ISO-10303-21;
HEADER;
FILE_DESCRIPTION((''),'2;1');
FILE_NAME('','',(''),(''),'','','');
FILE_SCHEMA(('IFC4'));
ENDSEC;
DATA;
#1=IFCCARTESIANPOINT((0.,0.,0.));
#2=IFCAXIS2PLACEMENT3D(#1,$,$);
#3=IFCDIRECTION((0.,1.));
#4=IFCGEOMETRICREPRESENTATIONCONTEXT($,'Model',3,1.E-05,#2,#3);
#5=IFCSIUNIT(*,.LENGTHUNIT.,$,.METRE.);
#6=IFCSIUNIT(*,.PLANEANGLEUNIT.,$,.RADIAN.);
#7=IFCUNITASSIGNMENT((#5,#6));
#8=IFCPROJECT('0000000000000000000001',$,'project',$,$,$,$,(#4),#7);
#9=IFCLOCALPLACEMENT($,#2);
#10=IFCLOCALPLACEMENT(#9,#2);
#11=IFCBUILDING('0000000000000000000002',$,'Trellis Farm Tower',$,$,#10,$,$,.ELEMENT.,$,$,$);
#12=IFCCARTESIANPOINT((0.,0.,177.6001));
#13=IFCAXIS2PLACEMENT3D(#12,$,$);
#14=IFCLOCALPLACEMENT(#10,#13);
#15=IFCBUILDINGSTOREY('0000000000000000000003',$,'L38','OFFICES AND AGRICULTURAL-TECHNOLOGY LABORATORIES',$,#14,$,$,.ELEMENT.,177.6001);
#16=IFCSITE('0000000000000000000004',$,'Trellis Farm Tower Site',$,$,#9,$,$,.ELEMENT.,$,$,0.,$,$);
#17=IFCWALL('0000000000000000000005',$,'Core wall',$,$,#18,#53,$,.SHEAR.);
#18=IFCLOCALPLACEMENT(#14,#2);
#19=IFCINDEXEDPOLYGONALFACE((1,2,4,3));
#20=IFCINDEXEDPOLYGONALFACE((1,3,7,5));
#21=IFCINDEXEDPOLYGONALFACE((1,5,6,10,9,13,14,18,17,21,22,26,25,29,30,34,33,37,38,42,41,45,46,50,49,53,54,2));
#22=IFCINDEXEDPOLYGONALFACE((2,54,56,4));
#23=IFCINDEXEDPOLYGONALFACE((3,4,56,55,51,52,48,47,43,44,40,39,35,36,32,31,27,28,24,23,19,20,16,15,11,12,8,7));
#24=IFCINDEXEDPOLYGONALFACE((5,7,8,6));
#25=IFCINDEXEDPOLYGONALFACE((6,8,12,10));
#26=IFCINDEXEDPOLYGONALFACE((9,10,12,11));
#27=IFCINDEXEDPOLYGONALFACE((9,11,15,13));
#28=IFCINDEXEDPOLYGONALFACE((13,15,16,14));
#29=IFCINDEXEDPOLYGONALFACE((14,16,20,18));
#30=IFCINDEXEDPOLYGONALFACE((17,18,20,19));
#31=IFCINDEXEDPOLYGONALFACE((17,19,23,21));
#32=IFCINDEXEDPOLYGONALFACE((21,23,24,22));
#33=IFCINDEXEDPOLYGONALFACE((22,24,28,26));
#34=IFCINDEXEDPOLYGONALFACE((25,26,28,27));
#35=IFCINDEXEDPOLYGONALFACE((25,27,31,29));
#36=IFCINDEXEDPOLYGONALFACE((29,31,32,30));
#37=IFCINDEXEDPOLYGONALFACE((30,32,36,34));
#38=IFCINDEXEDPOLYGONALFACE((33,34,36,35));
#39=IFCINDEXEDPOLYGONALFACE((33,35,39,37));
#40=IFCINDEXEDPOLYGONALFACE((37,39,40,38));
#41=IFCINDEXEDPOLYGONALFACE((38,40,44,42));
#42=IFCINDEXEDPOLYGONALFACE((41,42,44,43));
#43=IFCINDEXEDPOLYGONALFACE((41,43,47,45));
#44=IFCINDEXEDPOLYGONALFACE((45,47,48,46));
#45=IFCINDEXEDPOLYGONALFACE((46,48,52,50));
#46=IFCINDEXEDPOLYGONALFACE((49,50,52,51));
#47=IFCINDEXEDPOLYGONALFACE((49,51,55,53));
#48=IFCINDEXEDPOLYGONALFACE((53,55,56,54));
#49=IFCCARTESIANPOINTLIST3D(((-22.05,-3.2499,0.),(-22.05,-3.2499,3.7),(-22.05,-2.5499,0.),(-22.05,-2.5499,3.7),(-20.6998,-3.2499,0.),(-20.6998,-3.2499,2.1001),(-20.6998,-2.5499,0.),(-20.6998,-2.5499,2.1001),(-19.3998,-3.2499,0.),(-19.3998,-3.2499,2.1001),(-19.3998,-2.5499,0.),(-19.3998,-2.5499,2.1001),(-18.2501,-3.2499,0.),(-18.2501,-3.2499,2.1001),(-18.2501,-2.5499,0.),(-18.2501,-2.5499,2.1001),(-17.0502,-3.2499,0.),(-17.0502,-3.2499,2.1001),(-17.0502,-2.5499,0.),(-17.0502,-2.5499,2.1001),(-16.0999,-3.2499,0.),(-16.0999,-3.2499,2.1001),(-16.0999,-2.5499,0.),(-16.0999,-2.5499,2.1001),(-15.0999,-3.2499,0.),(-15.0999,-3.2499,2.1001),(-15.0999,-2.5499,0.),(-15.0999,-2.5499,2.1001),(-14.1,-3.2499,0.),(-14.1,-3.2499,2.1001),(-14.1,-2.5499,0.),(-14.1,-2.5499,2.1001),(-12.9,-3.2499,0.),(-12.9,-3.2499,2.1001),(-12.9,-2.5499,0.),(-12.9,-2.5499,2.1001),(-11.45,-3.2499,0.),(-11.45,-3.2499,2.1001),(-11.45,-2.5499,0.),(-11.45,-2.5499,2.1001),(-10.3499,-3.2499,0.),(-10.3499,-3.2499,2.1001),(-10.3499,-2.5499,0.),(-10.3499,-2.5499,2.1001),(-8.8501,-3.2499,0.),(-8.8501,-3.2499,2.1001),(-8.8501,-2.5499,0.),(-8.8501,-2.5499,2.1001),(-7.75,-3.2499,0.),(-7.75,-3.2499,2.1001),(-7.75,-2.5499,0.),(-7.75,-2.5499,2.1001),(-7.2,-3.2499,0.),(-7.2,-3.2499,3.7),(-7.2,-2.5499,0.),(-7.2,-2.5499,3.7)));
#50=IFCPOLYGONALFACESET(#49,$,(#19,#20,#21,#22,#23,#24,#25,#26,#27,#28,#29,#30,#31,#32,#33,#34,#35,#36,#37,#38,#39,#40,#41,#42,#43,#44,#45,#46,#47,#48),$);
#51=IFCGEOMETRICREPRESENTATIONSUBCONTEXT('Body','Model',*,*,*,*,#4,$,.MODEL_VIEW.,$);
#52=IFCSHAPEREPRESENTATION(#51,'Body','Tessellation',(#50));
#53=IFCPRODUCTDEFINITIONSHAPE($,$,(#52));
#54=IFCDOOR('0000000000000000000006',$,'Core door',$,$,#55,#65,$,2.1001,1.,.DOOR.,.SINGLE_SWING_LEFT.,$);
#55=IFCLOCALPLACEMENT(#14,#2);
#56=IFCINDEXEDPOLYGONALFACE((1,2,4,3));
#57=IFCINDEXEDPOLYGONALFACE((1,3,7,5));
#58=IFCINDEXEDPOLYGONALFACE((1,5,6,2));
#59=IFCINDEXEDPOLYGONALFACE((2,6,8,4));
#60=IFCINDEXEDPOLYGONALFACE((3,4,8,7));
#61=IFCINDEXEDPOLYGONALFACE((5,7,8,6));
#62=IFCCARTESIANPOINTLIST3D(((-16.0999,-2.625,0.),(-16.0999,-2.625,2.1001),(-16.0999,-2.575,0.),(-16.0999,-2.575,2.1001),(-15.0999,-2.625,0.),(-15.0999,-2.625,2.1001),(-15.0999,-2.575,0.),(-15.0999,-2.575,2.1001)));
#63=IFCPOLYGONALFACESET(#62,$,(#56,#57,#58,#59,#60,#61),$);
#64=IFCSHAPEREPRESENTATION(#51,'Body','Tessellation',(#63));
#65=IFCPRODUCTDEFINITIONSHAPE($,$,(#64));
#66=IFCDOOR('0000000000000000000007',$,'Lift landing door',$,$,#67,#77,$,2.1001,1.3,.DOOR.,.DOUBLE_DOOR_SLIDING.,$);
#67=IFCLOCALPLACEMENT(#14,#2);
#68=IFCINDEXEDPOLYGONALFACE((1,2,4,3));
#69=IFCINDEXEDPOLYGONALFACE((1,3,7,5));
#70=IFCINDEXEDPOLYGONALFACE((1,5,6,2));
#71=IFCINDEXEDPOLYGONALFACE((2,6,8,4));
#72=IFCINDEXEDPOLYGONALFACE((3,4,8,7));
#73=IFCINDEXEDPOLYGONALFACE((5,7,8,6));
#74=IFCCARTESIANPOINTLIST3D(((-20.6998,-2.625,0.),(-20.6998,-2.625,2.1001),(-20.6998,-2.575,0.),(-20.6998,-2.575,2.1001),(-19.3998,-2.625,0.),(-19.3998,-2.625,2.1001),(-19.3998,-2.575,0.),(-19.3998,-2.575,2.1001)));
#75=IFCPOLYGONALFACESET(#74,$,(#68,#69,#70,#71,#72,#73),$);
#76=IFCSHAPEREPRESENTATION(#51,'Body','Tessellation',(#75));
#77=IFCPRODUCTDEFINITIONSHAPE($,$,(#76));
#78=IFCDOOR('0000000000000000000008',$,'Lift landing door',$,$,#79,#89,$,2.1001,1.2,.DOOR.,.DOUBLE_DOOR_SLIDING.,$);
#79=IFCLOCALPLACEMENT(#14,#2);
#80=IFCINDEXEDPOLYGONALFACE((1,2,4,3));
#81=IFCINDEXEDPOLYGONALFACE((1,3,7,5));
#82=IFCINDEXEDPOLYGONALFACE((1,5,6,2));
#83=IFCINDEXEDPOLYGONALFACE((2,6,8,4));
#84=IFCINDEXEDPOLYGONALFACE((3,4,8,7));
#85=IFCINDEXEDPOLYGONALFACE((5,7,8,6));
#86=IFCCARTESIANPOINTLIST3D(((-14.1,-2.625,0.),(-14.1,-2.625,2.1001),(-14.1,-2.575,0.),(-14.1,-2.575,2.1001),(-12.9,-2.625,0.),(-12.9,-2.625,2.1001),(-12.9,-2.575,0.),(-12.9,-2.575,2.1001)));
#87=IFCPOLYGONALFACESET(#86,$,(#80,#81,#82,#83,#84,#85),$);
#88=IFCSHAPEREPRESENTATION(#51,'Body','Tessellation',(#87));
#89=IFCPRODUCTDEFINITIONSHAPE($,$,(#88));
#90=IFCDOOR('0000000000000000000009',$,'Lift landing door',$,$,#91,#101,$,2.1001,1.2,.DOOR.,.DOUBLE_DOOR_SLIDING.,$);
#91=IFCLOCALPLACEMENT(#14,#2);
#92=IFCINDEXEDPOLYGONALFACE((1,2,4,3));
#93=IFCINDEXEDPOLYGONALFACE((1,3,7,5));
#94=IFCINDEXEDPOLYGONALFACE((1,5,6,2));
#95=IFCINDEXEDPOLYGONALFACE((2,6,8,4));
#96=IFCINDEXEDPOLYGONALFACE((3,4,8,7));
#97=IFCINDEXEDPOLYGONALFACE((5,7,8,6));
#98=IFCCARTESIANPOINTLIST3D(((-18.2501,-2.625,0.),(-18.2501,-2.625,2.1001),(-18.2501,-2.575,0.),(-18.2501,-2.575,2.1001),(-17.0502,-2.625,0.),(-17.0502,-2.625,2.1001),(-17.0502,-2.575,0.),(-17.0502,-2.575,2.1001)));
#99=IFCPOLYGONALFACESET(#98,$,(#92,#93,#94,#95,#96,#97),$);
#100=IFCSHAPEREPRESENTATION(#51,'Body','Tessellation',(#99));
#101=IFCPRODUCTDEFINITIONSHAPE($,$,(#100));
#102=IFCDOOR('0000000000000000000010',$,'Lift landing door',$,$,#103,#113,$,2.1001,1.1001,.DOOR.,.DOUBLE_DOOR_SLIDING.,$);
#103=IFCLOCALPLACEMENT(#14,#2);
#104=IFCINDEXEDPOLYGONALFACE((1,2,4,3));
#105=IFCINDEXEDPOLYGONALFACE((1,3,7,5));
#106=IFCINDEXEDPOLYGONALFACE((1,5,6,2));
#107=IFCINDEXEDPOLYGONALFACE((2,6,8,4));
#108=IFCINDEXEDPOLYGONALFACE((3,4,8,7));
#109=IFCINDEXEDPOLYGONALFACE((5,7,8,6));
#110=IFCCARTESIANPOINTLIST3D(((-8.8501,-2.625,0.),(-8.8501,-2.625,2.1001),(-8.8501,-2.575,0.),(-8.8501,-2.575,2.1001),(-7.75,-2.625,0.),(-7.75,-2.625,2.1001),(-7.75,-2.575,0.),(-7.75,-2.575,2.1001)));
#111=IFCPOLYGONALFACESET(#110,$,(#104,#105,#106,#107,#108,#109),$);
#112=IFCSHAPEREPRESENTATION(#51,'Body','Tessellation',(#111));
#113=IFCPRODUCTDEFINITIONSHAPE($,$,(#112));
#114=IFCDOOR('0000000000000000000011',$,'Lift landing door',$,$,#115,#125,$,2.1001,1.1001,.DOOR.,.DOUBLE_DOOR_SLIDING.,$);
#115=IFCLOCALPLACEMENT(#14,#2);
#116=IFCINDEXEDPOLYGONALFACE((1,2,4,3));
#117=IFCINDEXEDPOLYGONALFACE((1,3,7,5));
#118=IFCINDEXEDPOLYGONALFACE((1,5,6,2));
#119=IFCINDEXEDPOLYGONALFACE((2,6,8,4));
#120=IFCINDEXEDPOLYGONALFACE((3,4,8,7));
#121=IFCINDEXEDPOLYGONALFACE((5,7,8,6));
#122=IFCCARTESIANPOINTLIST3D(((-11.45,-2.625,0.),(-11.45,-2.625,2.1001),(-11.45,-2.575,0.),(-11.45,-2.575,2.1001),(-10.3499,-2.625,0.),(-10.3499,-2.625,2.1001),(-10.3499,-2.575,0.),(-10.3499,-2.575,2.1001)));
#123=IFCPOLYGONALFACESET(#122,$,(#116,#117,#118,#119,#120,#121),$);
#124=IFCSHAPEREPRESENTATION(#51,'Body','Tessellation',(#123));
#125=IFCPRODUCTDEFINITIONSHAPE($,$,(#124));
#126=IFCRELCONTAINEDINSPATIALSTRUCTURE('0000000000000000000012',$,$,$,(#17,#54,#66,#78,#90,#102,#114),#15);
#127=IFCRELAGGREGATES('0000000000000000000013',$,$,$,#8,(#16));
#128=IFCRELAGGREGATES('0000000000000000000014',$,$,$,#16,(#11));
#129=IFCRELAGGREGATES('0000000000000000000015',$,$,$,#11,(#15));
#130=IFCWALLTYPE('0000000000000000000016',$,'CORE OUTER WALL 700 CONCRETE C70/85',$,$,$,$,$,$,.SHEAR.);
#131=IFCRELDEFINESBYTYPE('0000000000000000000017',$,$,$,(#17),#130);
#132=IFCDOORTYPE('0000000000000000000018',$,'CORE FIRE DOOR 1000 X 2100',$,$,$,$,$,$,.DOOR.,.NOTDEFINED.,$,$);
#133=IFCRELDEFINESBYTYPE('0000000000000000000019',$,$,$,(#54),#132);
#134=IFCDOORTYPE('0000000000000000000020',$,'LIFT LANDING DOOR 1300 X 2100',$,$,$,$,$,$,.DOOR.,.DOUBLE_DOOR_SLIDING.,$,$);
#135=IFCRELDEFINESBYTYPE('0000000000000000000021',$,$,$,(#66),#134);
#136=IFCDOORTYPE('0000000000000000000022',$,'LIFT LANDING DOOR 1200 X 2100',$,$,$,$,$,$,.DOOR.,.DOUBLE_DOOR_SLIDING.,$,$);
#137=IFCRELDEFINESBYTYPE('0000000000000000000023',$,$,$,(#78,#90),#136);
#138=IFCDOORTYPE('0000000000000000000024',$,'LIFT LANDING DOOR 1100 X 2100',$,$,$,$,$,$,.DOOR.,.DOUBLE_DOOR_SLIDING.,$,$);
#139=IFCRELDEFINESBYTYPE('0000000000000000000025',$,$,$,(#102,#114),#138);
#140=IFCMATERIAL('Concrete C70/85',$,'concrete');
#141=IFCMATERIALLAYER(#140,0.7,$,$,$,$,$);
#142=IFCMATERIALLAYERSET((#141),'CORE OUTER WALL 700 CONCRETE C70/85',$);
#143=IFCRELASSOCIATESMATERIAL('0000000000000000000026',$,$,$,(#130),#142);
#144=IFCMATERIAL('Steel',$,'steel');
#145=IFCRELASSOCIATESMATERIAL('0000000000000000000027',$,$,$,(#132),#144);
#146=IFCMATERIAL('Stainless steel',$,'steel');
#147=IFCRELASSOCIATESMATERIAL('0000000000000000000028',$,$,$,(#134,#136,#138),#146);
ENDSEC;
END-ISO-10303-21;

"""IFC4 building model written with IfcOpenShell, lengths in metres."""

from ifc_helpers import new_model, si_unit, direction, frame, frame_2d, origin, place, context, subcontext, project, spatial, rectangle, extrude, source, transform, mapped, material, layer, layer_set, type_object, element, fill, save


model = new_model("IFC4")

# Units and contexts
model_context = context("Model", 3, precision=1e-05, world=origin(), true_north=direction((0.0, 1.0)))
body_context = subcontext(model_context, "Body", "Model", "MODEL_VIEW")
ifc_project = project(units=[si_unit("LENGTHUNIT", "METRE"), si_unit("PLANEANGLEUNIT", "RADIAN")], contexts=[model_context])

# Site, building, storey
site_placement = place(None, origin())
site = spatial("IfcSite", under=ifc_project, at=site_placement, Name="Trellis Farm Tower Site", CompositionType="ELEMENT", RefElevation=0.0)
building_placement = place(site_placement, origin())
building = spatial("IfcBuilding", under=site, at=building_placement, Name="Trellis Farm Tower", CompositionType="ELEMENT")
storey_placement = place(building_placement, frame((0.0, 0.0, 177.6001)))
storey = spatial("IfcBuildingStorey", under=building, at=storey_placement, Name="L38", Description="OFFICES AND AGRICULTURAL-TECHNOLOGY LABORATORIES", CompositionType="ELEMENT", Elevation=177.6001)

# Shared definitions
ifc_material_1 = material(Name="Concrete C70/85", Category="concrete")

# Shared definitions
ifc_material_2 = material(Name="Steel", Category="steel")

# Wall, openings, doors
ifc_layer_1 = layer(ifc_material_1, 0.7)
ifc_layer_set_1 = layer_set([ifc_layer_1], Name="CORE OUTER WALL 700 CONCRETE C70/85")
wall_type_1 = type_object("IfcWallType", Name="CORE OUTER WALL 700 CONCRETE C70/85", PredefinedType="SHEAR", material=ifc_layer_set_1)
shared_shape_1 = source(origin(), body_context, "Body", "SweptSolid", [
    extrude(rectangle(XDim=14.8501, YDim=0.7, at=frame_2d((7.425, 0.0))), origin(), (0.0, 0.0, 1.0), 3.7),
])
wall_1_placement = place(storey_placement, frame((-7.2, -2.8999, 0.0), z_axis=(0.0, 0.0, 1.0), x_axis=(-1.0, 0.0, 0.0)))
wall_1 = element("IfcWall", 1, at=wall_1_placement, inside=storey, type_object=wall_type_1, Name="Core wall", PredefinedType="SHEAR", context=body_context, shape_type="MappedRepresentation", body=[
    mapped(shared_shape_1, transform((0.0, 0.0, 0.0))),
])
shared_shape_2 = source(origin(), body_context, "Body", "SweptSolid", [
    extrude(rectangle(XDim=1.1001, YDim=2.1001, at=frame_2d((0.55, 1.05))), frame((0.0, 0.3601, 0.0), z_axis=(0.0, -1.0, 0.0), x_axis=(1.0, 0.0, 0.0)), (0.0, 0.0, 1.0), 0.7202),
])
opening_1_placement = place(wall_1_placement, frame((0.55, 0.0, 0.0)))
opening_1 = element("IfcOpeningElement", 2, at=opening_1_placement, cuts=wall_1, PredefinedType="OPENING", context=body_context, shape_type="MappedRepresentation", body=[
    mapped(shared_shape_2, transform((0.0, 0.0, 0.0))),
])
opening_2_placement = place(wall_1_placement, frame((3.1499, 0.0, 0.0)))
opening_2 = element("IfcOpeningElement", 3, at=opening_2_placement, cuts=wall_1, PredefinedType="OPENING", context=body_context, shape_type="MappedRepresentation", body=[
    mapped(shared_shape_2, transform((0.0, 0.0, 0.0))),
])
shared_shape_3 = source(origin(), body_context, "Body", "SweptSolid", [
    extrude(rectangle(XDim=1.2, YDim=2.1001, at=frame_2d((0.6001, 1.05))), frame((0.0, 0.3601, 0.0), z_axis=(0.0, -1.0, 0.0), x_axis=(1.0, 0.0, 0.0)), (0.0, 0.0, 1.0), 0.7202),
])
opening_3_placement = place(wall_1_placement, frame((5.7, 0.0, 0.0)))
opening_3 = element("IfcOpeningElement", 4, at=opening_3_placement, cuts=wall_1, PredefinedType="OPENING", context=body_context, shape_type="MappedRepresentation", body=[
    mapped(shared_shape_3, transform((0.0, 0.0, 0.0))),
])
shared_shape_4 = source(origin(), body_context, "Body", "SweptSolid", [
    extrude(rectangle(XDim=1.3, YDim=2.1001, at=frame_2d((0.6499, 1.05))), frame((0.0, 0.3601, 0.0), z_axis=(0.0, -1.0, 0.0), x_axis=(1.0, 0.0, 0.0)), (0.0, 0.0, 1.0), 0.7202),
])
opening_4_placement = place(wall_1_placement, frame((12.2, 0.0, 0.0)))
opening_4 = element("IfcOpeningElement", 5, at=opening_4_placement, cuts=wall_1, PredefinedType="OPENING", context=body_context, shape_type="MappedRepresentation", body=[
    mapped(shared_shape_4, transform((0.0, 0.0, 0.0))),
])
opening_5_placement = place(wall_1_placement, frame((9.8501, 0.0, 0.0)))
opening_5 = element("IfcOpeningElement", 6, at=opening_5_placement, cuts=wall_1, PredefinedType="OPENING", context=body_context, shape_type="MappedRepresentation", body=[
    mapped(shared_shape_3, transform((0.0, 0.0, 0.0))),
])
shared_shape_5 = source(origin(), body_context, "Body", "SweptSolid", [
    extrude(rectangle(XDim=1.0, YDim=2.1001, at=frame_2d((0.5, 1.05))), frame((0.0, 0.3601, 0.0), z_axis=(0.0, -1.0, 0.0), x_axis=(1.0, 0.0, 0.0)), (0.0, 0.0, 1.0), 0.7202),
])
opening_6_placement = place(wall_1_placement, frame((7.8999, 0.0, 0.0)))
opening_6 = element("IfcOpeningElement", 7, at=opening_6_placement, cuts=wall_1, PredefinedType="OPENING", context=body_context, shape_type="MappedRepresentation", body=[
    mapped(shared_shape_5, transform((0.0, 0.0, 0.0))),
])
door_type_1 = type_object("IfcDoorType", Name="CORE FIRE DOOR 1000 X 2100", OperationType="NOTDEFINED", PredefinedType="DOOR", material=ifc_material_2)
shared_shape_6 = source(origin(), body_context, "Body", "SweptSolid", [
    extrude(rectangle(XDim=1.0, YDim=2.1001, at=frame_2d((0.5, 1.05))), frame((0.0, -0.2749, 0.0), z_axis=(0.0, -1.0, 0.0), x_axis=(1.0, 0.0, 0.0)), (0.0, 0.0, 1.0), 0.05),
])
door_1_placement = place(opening_6_placement, origin())
door_1 = element("IfcDoor", 8, at=door_1_placement, inside=storey, type_object=door_type_1, Name="Core door", OperationType="SINGLE_SWING_LEFT", OverallHeight=2.1001, OverallWidth=1.0, PredefinedType="DOOR", context=body_context, shape_type="MappedRepresentation", body=[
    mapped(shared_shape_6, transform((0.0, 0.0, 0.0))),
])
fill(opening_6, door_1)
ifc_material_3 = material(Name="Stainless steel", Category="steel")
door_type_2 = type_object("IfcDoorType", Name="LIFT LANDING DOOR 1300 X 2100", OperationType="DOUBLE_DOOR_SLIDING", PredefinedType="DOOR", material=ifc_material_3)
shared_shape_7 = source(origin(), body_context, "Body", "SweptSolid", [
    extrude(rectangle(XDim=1.3, YDim=2.1001, at=frame_2d((0.6499, 1.05))), frame((0.0, -0.2749, 0.0), z_axis=(0.0, -1.0, 0.0), x_axis=(1.0, 0.0, 0.0)), (0.0, 0.0, 1.0), 0.05),
])
door_2_placement = place(opening_4_placement, origin())
door_2 = element("IfcDoor", 9, at=door_2_placement, inside=storey, type_object=door_type_2, Name="Lift landing door", OperationType="DOUBLE_DOOR_SLIDING", OverallHeight=2.1001, OverallWidth=1.3, PredefinedType="DOOR", context=body_context, shape_type="MappedRepresentation", body=[
    mapped(shared_shape_7, transform((0.0, 0.0, 0.0))),
])
fill(opening_4, door_2)
door_type_3 = type_object("IfcDoorType", Name="LIFT LANDING DOOR 1200 X 2100", OperationType="DOUBLE_DOOR_SLIDING", PredefinedType="DOOR", material=ifc_material_3)
shared_shape_8 = source(origin(), body_context, "Body", "SweptSolid", [
    extrude(rectangle(XDim=1.2, YDim=2.1001, at=frame_2d((0.6001, 1.05))), frame((0.0, -0.2749, 0.0), z_axis=(0.0, -1.0, 0.0), x_axis=(1.0, 0.0, 0.0)), (0.0, 0.0, 1.0), 0.05),
])
door_3_placement = place(opening_3_placement, origin())
door_3 = element("IfcDoor", 10, at=door_3_placement, inside=storey, type_object=door_type_3, Name="Lift landing door", OperationType="DOUBLE_DOOR_SLIDING", OverallHeight=2.1001, OverallWidth=1.2, PredefinedType="DOOR", context=body_context, shape_type="MappedRepresentation", body=[
    mapped(shared_shape_8, transform((0.0, 0.0, 0.0))),
])
fill(opening_3, door_3)
door_4_placement = place(opening_5_placement, origin())
door_4 = element("IfcDoor", 11, at=door_4_placement, inside=storey, type_object=door_type_3, Name="Lift landing door", OperationType="DOUBLE_DOOR_SLIDING", OverallHeight=2.1001, OverallWidth=1.2, PredefinedType="DOOR", context=body_context, shape_type="MappedRepresentation", body=[
    mapped(shared_shape_8, transform((0.0, 0.0, 0.0))),
])
fill(opening_5, door_4)
door_type_4 = type_object("IfcDoorType", Name="LIFT LANDING DOOR 1100 X 2100", OperationType="DOUBLE_DOOR_SLIDING", PredefinedType="DOOR", material=ifc_material_3)
shared_shape_9 = source(origin(), body_context, "Body", "SweptSolid", [
    extrude(rectangle(XDim=1.1001, YDim=2.1001, at=frame_2d((0.55, 1.05))), frame((0.0, -0.2749, 0.0), z_axis=(0.0, -1.0, 0.0), x_axis=(1.0, 0.0, 0.0)), (0.0, 0.0, 1.0), 0.05),
])
door_5_placement = place(opening_1_placement, origin())
door_5 = element("IfcDoor", 12, at=door_5_placement, inside=storey, type_object=door_type_4, Name="Lift landing door", OperationType="DOUBLE_DOOR_SLIDING", OverallHeight=2.1001, OverallWidth=1.1001, PredefinedType="DOOR", context=body_context, shape_type="MappedRepresentation", body=[
    mapped(shared_shape_9, transform((0.0, 0.0, 0.0))),
])
fill(opening_1, door_5)
door_6_placement = place(opening_2_placement, origin())
door_6 = element("IfcDoor", 13, at=door_6_placement, inside=storey, type_object=door_type_4, Name="Lift landing door", OperationType="DOUBLE_DOOR_SLIDING", OverallHeight=2.1001, OverallWidth=1.1001, PredefinedType="DOOR", context=body_context, shape_type="MappedRepresentation", body=[
    mapped(shared_shape_9, transform((0.0, 0.0, 0.0))),
])
fill(opening_2, door_6)

save(model, "model.ifc")
